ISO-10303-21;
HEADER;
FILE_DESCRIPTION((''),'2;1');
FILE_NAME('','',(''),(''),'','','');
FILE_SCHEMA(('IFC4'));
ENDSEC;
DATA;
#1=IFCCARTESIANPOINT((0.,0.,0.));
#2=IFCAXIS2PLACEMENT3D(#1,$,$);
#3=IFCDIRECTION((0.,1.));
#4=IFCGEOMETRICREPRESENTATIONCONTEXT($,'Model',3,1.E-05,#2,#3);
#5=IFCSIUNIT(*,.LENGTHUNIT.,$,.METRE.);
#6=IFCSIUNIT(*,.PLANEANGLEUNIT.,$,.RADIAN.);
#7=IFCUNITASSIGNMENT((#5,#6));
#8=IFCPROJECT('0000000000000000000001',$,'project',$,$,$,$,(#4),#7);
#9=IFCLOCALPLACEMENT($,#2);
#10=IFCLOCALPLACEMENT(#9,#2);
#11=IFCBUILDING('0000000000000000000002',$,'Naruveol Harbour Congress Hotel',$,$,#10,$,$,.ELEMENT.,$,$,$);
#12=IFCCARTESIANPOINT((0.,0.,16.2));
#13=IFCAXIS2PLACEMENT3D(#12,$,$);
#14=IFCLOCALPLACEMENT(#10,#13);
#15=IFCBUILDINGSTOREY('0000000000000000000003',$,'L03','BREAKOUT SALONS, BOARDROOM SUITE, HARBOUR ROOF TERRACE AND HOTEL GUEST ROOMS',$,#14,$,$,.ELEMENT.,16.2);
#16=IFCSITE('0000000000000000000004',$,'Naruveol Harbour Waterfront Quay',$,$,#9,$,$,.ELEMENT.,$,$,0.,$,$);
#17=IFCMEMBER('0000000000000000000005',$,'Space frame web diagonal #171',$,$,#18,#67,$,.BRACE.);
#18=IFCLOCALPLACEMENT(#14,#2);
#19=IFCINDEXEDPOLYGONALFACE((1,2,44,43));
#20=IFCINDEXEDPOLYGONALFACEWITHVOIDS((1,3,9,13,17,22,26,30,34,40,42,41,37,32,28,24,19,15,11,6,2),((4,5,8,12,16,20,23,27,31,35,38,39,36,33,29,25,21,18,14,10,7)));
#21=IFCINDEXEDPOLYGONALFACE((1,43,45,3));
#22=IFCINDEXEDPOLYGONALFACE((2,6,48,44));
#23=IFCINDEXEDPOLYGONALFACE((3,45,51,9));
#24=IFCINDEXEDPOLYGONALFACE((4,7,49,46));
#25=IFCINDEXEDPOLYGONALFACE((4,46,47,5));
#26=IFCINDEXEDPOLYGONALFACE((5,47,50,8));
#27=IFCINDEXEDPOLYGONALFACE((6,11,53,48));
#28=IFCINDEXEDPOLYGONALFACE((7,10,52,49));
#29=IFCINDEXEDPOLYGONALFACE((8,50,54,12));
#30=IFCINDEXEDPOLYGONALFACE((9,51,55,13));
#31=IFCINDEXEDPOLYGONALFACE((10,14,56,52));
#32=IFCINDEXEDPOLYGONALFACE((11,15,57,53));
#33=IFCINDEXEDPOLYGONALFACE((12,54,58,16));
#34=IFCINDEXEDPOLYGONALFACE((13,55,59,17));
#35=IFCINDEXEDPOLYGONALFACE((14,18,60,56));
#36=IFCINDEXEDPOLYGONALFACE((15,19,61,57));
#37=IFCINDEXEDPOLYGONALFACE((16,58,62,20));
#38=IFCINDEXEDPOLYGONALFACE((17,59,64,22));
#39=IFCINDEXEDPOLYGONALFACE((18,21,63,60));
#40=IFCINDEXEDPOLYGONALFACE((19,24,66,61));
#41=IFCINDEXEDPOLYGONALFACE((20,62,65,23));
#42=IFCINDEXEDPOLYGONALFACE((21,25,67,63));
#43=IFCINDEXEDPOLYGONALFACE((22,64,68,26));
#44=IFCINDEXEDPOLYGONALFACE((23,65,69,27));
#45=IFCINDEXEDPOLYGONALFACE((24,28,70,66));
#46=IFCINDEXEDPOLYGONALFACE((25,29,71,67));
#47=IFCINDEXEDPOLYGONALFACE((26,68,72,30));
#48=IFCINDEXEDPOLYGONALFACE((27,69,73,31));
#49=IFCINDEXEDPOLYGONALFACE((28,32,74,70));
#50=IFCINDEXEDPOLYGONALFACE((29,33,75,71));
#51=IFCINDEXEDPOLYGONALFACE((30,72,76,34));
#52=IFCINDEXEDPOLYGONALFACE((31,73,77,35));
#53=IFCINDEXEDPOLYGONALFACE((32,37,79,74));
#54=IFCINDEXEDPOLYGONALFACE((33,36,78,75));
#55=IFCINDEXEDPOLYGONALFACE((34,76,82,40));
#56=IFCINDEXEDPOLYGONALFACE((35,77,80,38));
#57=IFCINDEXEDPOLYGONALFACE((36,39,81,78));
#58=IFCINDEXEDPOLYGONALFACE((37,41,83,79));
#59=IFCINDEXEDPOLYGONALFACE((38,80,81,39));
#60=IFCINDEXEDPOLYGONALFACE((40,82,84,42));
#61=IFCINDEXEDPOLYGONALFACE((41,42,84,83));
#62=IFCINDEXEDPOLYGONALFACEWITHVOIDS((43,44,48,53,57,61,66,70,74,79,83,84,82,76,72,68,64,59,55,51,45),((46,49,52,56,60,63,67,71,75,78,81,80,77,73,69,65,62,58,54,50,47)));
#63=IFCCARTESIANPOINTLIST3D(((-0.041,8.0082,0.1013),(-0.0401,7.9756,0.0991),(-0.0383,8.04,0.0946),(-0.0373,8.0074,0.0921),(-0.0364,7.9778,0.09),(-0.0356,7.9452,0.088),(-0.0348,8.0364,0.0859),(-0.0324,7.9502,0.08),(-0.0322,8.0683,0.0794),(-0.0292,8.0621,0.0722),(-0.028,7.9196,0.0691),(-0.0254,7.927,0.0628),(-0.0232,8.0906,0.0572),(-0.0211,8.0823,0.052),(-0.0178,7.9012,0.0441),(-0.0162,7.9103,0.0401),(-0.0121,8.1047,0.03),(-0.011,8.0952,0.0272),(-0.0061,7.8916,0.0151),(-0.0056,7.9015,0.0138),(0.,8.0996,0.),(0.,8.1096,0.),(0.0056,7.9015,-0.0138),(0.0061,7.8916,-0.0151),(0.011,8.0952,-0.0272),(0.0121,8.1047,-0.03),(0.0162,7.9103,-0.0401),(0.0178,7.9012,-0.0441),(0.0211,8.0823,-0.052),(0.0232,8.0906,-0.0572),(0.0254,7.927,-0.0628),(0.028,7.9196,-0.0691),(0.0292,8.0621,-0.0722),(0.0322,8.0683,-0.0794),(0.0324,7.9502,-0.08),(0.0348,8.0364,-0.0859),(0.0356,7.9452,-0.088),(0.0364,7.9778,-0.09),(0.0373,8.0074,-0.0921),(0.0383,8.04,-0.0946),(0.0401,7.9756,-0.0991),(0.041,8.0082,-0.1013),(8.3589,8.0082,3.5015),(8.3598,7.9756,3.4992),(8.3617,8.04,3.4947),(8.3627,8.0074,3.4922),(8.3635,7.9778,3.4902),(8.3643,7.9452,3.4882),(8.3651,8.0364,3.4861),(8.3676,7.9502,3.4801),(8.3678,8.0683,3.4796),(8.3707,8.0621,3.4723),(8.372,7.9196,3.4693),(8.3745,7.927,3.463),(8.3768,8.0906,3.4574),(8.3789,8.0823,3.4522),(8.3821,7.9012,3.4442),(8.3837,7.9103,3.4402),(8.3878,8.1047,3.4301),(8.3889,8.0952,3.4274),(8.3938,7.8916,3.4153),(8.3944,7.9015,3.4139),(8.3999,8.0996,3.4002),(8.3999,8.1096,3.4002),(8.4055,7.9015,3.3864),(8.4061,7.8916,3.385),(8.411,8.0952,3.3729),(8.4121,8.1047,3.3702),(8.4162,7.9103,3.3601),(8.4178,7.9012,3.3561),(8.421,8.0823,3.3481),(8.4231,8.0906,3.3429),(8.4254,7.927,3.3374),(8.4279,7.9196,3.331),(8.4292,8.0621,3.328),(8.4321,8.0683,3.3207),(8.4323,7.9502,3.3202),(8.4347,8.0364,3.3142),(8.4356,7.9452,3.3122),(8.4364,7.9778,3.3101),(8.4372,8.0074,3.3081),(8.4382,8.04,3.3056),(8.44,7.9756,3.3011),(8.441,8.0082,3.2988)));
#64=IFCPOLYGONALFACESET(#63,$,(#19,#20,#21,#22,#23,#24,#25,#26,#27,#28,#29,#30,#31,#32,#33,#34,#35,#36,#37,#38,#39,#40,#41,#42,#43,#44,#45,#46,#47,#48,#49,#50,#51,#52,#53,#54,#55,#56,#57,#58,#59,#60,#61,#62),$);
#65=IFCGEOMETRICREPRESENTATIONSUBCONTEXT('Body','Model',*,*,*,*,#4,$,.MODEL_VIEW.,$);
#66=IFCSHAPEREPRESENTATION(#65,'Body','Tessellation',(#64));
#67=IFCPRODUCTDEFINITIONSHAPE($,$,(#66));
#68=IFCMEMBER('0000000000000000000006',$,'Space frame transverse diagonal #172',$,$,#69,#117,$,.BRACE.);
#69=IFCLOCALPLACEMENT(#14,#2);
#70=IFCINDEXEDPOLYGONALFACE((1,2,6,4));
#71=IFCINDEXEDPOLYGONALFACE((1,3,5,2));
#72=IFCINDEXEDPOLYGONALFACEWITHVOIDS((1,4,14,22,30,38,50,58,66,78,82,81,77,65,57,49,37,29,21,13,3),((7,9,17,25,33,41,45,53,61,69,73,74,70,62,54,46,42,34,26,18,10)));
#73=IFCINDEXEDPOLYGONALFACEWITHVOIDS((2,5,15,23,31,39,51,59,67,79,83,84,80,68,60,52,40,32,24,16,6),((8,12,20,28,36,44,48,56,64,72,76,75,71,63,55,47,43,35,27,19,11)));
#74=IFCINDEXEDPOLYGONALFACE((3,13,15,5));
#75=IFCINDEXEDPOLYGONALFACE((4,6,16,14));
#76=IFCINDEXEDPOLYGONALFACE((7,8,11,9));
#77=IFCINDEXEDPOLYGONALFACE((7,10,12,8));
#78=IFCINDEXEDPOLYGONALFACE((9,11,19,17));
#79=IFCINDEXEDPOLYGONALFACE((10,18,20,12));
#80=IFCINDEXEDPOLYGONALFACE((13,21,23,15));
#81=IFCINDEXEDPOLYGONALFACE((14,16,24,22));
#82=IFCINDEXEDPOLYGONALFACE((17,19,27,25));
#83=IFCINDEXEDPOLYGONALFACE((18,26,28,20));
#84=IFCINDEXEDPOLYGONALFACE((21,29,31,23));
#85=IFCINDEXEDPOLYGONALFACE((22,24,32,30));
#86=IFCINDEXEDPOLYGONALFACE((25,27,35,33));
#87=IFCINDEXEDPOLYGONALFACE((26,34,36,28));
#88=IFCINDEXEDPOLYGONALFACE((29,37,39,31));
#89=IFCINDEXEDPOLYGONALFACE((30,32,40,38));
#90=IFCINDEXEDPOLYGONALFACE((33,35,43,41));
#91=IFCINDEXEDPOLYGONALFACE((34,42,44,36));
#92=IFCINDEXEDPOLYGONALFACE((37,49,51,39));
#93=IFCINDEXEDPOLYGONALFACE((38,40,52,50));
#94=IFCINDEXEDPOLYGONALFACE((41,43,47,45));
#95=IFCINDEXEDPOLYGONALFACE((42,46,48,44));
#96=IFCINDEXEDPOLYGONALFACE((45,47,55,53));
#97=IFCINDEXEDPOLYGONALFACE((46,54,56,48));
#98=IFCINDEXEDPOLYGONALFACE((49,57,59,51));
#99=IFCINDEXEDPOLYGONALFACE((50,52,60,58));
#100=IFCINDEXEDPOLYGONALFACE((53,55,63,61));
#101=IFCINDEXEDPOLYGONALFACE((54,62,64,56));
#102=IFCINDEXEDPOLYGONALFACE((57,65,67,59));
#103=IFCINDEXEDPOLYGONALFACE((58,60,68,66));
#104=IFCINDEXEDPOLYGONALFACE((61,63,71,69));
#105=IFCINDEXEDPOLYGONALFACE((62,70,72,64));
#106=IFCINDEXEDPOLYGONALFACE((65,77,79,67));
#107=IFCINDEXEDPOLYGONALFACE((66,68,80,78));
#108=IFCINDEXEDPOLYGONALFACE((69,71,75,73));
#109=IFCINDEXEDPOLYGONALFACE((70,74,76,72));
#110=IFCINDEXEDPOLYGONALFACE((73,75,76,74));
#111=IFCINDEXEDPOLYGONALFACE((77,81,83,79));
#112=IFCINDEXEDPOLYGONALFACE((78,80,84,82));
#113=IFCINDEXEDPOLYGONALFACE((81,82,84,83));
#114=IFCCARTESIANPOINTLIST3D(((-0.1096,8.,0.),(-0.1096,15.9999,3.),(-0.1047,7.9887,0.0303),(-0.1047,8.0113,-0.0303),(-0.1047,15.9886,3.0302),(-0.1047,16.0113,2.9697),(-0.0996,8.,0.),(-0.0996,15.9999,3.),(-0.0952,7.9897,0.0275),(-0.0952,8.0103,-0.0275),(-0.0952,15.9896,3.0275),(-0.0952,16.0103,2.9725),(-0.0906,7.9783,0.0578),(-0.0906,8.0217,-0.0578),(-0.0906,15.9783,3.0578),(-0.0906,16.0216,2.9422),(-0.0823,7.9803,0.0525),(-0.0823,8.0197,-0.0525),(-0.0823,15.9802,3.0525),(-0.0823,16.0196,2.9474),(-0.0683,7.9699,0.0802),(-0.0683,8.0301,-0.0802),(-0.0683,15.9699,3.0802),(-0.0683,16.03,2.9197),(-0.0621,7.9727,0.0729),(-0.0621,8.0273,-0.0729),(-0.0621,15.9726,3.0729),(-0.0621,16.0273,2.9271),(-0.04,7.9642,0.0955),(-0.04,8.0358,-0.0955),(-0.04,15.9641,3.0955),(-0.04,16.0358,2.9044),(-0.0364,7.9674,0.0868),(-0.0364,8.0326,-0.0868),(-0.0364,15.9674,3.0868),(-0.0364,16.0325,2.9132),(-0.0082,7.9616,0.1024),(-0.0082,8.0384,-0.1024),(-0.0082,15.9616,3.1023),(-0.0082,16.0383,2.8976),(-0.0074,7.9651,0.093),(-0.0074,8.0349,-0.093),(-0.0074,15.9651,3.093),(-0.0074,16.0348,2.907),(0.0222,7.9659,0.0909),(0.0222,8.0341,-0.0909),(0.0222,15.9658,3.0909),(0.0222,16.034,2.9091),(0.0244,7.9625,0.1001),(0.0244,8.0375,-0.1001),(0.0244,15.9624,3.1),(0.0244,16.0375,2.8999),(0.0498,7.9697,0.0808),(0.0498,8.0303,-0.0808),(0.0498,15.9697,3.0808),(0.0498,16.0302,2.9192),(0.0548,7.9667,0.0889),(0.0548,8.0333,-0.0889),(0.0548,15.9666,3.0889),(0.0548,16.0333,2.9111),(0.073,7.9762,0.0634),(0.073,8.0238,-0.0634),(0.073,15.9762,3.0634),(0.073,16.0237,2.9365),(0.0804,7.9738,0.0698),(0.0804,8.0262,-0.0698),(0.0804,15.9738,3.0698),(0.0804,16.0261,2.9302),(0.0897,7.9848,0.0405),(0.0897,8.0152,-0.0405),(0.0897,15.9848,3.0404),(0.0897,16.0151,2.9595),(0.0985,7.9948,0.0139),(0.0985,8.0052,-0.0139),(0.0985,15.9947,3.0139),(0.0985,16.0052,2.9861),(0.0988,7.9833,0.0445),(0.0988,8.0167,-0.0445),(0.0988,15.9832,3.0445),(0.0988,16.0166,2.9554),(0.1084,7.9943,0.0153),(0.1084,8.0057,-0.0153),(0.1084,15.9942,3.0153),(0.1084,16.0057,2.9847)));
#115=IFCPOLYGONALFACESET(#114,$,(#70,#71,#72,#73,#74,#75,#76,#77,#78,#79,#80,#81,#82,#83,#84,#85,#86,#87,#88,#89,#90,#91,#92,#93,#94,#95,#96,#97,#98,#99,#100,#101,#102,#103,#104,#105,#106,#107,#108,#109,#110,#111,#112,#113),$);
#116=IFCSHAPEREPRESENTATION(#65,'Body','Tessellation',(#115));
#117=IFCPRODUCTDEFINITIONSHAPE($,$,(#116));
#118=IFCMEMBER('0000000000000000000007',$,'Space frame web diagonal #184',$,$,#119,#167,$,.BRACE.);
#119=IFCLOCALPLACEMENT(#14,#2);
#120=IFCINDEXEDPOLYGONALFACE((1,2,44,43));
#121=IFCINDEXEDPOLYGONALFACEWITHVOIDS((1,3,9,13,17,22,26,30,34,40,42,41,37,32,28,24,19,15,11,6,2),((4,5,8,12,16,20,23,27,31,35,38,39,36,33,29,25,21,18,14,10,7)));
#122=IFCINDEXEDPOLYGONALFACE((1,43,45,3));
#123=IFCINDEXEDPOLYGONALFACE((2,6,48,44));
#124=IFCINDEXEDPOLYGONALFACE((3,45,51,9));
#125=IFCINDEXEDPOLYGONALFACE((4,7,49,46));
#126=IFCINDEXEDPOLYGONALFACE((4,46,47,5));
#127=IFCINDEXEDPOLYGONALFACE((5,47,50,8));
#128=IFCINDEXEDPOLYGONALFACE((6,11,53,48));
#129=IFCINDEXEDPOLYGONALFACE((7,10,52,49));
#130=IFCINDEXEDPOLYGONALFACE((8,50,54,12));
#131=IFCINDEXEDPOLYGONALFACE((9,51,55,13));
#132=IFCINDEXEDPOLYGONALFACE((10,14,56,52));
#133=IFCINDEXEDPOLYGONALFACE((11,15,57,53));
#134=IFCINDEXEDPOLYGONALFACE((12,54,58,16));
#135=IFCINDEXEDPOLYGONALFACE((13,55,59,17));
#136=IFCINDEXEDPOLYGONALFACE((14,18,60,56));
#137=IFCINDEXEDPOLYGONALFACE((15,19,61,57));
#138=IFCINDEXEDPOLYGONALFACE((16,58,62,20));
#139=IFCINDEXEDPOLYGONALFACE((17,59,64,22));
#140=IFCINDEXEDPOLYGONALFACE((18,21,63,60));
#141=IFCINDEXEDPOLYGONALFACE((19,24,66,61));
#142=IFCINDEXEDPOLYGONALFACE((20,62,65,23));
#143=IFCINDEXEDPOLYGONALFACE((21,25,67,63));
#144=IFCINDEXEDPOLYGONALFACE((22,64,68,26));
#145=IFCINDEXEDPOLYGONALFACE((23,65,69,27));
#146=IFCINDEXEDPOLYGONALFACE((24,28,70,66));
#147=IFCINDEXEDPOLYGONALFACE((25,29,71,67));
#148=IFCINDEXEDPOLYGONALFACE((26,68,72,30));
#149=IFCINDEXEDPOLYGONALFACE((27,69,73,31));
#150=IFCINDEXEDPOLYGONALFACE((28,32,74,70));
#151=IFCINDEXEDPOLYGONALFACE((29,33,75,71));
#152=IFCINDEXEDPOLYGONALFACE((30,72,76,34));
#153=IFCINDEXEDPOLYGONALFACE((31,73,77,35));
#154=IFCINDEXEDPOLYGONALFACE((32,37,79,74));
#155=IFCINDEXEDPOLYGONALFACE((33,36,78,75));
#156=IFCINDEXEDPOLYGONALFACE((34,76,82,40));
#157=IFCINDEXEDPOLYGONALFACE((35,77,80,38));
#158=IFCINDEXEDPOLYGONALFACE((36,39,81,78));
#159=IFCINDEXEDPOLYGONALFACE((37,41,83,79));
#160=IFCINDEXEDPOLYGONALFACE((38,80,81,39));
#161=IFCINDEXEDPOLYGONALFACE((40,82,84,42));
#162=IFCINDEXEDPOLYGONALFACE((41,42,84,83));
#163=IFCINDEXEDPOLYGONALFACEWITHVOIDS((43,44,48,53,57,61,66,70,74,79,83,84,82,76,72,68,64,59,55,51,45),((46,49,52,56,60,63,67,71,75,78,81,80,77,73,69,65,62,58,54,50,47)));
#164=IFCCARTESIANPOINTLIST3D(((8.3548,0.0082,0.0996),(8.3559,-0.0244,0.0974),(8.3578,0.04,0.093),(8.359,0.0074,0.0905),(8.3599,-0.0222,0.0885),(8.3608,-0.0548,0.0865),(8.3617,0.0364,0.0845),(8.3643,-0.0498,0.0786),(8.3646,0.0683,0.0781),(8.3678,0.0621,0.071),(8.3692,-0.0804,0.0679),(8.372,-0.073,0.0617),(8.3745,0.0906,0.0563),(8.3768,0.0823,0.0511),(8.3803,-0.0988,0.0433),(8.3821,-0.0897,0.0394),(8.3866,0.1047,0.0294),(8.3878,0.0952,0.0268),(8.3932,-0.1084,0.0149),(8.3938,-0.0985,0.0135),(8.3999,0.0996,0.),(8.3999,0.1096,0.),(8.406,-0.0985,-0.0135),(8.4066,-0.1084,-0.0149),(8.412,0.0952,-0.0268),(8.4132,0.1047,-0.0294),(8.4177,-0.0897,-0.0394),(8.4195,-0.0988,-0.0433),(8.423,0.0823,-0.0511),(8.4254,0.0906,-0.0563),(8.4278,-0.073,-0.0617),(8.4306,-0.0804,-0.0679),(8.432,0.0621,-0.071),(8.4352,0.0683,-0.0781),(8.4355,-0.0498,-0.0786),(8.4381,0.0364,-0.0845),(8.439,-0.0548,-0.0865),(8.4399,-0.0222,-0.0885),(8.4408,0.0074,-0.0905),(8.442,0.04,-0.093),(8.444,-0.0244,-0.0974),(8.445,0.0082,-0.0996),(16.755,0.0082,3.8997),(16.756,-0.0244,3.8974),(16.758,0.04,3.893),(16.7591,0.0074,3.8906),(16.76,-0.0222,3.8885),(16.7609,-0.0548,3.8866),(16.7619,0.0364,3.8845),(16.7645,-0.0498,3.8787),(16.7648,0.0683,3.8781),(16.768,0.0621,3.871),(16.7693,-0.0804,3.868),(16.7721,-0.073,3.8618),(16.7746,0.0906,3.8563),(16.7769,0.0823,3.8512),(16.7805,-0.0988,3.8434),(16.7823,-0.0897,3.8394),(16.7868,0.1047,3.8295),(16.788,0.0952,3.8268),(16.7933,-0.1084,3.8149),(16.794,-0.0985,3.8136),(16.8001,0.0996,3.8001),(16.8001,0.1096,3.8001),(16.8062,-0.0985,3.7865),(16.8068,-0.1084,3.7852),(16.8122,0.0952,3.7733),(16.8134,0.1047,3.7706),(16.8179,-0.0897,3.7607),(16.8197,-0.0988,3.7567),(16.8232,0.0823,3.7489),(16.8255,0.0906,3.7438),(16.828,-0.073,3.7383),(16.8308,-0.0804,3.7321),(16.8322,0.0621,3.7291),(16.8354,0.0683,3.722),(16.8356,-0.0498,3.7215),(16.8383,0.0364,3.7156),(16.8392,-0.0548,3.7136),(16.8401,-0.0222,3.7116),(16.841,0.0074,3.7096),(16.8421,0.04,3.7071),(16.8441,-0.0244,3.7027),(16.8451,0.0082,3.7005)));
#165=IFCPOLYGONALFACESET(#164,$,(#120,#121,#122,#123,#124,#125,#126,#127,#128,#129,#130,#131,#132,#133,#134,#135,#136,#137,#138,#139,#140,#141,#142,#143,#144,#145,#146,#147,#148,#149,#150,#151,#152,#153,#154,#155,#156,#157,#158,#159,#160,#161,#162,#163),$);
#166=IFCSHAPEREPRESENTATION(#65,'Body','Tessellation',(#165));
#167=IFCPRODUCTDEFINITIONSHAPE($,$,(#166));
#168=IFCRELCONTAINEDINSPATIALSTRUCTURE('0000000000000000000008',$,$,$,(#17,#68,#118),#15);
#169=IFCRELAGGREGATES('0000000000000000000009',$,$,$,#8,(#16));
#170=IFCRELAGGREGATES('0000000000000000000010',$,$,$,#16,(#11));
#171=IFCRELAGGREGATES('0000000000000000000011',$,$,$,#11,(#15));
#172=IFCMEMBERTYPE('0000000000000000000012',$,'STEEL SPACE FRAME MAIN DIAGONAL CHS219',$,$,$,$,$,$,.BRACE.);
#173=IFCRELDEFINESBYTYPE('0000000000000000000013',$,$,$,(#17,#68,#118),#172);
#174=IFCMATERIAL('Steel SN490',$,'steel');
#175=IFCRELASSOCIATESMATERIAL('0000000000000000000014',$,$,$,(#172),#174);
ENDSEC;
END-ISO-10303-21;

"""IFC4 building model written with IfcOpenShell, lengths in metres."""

from ifc_helpers import new_model, si_unit, direction, frame, origin, origin_2d, place, context, subcontext, project, spatial, hollow_circle, extrude, material, material_profile, profile_set, type_object, element, save


model = new_model("IFC4")

# Units and contexts
model_context = context("Model", 3, precision=1e-05, world=origin(), true_north=direction((0.0, 1.0)))
body_context = subcontext(model_context, "Body", "Model", "MODEL_VIEW")
ifc_project = project(units=[si_unit("LENGTHUNIT", "METRE"), si_unit("PLANEANGLEUNIT", "RADIAN")], contexts=[model_context])

# Site, building, storey
site_placement = place(None, origin())
site = spatial("IfcSite", under=ifc_project, at=site_placement, Name="Naruveol Harbour Waterfront Quay", CompositionType="ELEMENT", RefElevation=0.0)
building_placement = place(site_placement, origin())
building = spatial("IfcBuilding", under=site, at=building_placement, Name="Naruveol Harbour Congress Hotel", CompositionType="ELEMENT")
storey_placement = place(building_placement, frame((0.0, 0.0, 16.2)))
storey = spatial("IfcBuildingStorey", under=building, at=storey_placement, Name="L03", Description="BREAKOUT SALONS, BOARDROOM SUITE, HARBOUR ROOF TERRACE AND HOTEL GUEST ROOMS", CompositionType="ELEMENT", Elevation=16.2)

# Members
ifc_material_1 = material(Name="Steel SN490", Category="steel")
ifc_material_profile_1 = material_profile(ifc_material_1, hollow_circle(Radius=0.1096, WallThickness=0.01, at=origin_2d()), Name="CHS-219.1x10")
ifc_profile_set_1 = profile_set([ifc_material_profile_1], Name="Steel SN490")
member_type_1 = type_object("IfcMemberType", Name="STEEL SPACE FRAME MAIN DIAGONAL CHS219", PredefinedType="BRACE", material=ifc_profile_set_1)
member_1_placement = place(storey_placement, frame((0.0, 8.0, 0.0), z_axis=(0.92694, 0.0, 0.37521), x_axis=(0.0, 1.0, 0.0)))
element("IfcMember", 1, at=member_1_placement, inside=storey, type_object=member_type_1, Name="Space frame web diagonal #171", PredefinedType="BRACE", context=body_context, shape_type="SweptSolid", body=[
    extrude(hollow_circle(Radius=0.1096, WallThickness=0.01, at=origin_2d()), origin(), (0.0, 0.0, 1.0), 9.062),
])
member_2_placement = place(storey_placement, frame((0.0, 8.0, 0.0), z_axis=(0.0, 0.936329, 0.351123), x_axis=(-1.0, 0.0, 0.0)))
element("IfcMember", 2, at=member_2_placement, inside=storey, type_object=member_type_1, Name="Space frame transverse diagonal #172", PredefinedType="BRACE", context=body_context, shape_type="SweptSolid", body=[
    extrude(hollow_circle(Radius=0.1096, WallThickness=0.01, at=origin_2d()), origin(), (0.0, 0.0, 1.0), 8.5439),
])
member_3_placement = place(storey_placement, frame((8.3999, 0.0, 0.0), z_axis=(0.911109, 0.0, 0.412166), x_axis=(0.0, 1.0, 0.0)))
element("IfcMember", 3, at=member_3_placement, inside=storey, type_object=member_type_1, Name="Space frame web diagonal #184", PredefinedType="BRACE", context=body_context, shape_type="SweptSolid", body=[
    extrude(hollow_circle(Radius=0.1096, WallThickness=0.01, at=origin_2d()), origin(), (0.0, 0.0, 1.0), 9.2197),
])

save(model, "model.ifc")
